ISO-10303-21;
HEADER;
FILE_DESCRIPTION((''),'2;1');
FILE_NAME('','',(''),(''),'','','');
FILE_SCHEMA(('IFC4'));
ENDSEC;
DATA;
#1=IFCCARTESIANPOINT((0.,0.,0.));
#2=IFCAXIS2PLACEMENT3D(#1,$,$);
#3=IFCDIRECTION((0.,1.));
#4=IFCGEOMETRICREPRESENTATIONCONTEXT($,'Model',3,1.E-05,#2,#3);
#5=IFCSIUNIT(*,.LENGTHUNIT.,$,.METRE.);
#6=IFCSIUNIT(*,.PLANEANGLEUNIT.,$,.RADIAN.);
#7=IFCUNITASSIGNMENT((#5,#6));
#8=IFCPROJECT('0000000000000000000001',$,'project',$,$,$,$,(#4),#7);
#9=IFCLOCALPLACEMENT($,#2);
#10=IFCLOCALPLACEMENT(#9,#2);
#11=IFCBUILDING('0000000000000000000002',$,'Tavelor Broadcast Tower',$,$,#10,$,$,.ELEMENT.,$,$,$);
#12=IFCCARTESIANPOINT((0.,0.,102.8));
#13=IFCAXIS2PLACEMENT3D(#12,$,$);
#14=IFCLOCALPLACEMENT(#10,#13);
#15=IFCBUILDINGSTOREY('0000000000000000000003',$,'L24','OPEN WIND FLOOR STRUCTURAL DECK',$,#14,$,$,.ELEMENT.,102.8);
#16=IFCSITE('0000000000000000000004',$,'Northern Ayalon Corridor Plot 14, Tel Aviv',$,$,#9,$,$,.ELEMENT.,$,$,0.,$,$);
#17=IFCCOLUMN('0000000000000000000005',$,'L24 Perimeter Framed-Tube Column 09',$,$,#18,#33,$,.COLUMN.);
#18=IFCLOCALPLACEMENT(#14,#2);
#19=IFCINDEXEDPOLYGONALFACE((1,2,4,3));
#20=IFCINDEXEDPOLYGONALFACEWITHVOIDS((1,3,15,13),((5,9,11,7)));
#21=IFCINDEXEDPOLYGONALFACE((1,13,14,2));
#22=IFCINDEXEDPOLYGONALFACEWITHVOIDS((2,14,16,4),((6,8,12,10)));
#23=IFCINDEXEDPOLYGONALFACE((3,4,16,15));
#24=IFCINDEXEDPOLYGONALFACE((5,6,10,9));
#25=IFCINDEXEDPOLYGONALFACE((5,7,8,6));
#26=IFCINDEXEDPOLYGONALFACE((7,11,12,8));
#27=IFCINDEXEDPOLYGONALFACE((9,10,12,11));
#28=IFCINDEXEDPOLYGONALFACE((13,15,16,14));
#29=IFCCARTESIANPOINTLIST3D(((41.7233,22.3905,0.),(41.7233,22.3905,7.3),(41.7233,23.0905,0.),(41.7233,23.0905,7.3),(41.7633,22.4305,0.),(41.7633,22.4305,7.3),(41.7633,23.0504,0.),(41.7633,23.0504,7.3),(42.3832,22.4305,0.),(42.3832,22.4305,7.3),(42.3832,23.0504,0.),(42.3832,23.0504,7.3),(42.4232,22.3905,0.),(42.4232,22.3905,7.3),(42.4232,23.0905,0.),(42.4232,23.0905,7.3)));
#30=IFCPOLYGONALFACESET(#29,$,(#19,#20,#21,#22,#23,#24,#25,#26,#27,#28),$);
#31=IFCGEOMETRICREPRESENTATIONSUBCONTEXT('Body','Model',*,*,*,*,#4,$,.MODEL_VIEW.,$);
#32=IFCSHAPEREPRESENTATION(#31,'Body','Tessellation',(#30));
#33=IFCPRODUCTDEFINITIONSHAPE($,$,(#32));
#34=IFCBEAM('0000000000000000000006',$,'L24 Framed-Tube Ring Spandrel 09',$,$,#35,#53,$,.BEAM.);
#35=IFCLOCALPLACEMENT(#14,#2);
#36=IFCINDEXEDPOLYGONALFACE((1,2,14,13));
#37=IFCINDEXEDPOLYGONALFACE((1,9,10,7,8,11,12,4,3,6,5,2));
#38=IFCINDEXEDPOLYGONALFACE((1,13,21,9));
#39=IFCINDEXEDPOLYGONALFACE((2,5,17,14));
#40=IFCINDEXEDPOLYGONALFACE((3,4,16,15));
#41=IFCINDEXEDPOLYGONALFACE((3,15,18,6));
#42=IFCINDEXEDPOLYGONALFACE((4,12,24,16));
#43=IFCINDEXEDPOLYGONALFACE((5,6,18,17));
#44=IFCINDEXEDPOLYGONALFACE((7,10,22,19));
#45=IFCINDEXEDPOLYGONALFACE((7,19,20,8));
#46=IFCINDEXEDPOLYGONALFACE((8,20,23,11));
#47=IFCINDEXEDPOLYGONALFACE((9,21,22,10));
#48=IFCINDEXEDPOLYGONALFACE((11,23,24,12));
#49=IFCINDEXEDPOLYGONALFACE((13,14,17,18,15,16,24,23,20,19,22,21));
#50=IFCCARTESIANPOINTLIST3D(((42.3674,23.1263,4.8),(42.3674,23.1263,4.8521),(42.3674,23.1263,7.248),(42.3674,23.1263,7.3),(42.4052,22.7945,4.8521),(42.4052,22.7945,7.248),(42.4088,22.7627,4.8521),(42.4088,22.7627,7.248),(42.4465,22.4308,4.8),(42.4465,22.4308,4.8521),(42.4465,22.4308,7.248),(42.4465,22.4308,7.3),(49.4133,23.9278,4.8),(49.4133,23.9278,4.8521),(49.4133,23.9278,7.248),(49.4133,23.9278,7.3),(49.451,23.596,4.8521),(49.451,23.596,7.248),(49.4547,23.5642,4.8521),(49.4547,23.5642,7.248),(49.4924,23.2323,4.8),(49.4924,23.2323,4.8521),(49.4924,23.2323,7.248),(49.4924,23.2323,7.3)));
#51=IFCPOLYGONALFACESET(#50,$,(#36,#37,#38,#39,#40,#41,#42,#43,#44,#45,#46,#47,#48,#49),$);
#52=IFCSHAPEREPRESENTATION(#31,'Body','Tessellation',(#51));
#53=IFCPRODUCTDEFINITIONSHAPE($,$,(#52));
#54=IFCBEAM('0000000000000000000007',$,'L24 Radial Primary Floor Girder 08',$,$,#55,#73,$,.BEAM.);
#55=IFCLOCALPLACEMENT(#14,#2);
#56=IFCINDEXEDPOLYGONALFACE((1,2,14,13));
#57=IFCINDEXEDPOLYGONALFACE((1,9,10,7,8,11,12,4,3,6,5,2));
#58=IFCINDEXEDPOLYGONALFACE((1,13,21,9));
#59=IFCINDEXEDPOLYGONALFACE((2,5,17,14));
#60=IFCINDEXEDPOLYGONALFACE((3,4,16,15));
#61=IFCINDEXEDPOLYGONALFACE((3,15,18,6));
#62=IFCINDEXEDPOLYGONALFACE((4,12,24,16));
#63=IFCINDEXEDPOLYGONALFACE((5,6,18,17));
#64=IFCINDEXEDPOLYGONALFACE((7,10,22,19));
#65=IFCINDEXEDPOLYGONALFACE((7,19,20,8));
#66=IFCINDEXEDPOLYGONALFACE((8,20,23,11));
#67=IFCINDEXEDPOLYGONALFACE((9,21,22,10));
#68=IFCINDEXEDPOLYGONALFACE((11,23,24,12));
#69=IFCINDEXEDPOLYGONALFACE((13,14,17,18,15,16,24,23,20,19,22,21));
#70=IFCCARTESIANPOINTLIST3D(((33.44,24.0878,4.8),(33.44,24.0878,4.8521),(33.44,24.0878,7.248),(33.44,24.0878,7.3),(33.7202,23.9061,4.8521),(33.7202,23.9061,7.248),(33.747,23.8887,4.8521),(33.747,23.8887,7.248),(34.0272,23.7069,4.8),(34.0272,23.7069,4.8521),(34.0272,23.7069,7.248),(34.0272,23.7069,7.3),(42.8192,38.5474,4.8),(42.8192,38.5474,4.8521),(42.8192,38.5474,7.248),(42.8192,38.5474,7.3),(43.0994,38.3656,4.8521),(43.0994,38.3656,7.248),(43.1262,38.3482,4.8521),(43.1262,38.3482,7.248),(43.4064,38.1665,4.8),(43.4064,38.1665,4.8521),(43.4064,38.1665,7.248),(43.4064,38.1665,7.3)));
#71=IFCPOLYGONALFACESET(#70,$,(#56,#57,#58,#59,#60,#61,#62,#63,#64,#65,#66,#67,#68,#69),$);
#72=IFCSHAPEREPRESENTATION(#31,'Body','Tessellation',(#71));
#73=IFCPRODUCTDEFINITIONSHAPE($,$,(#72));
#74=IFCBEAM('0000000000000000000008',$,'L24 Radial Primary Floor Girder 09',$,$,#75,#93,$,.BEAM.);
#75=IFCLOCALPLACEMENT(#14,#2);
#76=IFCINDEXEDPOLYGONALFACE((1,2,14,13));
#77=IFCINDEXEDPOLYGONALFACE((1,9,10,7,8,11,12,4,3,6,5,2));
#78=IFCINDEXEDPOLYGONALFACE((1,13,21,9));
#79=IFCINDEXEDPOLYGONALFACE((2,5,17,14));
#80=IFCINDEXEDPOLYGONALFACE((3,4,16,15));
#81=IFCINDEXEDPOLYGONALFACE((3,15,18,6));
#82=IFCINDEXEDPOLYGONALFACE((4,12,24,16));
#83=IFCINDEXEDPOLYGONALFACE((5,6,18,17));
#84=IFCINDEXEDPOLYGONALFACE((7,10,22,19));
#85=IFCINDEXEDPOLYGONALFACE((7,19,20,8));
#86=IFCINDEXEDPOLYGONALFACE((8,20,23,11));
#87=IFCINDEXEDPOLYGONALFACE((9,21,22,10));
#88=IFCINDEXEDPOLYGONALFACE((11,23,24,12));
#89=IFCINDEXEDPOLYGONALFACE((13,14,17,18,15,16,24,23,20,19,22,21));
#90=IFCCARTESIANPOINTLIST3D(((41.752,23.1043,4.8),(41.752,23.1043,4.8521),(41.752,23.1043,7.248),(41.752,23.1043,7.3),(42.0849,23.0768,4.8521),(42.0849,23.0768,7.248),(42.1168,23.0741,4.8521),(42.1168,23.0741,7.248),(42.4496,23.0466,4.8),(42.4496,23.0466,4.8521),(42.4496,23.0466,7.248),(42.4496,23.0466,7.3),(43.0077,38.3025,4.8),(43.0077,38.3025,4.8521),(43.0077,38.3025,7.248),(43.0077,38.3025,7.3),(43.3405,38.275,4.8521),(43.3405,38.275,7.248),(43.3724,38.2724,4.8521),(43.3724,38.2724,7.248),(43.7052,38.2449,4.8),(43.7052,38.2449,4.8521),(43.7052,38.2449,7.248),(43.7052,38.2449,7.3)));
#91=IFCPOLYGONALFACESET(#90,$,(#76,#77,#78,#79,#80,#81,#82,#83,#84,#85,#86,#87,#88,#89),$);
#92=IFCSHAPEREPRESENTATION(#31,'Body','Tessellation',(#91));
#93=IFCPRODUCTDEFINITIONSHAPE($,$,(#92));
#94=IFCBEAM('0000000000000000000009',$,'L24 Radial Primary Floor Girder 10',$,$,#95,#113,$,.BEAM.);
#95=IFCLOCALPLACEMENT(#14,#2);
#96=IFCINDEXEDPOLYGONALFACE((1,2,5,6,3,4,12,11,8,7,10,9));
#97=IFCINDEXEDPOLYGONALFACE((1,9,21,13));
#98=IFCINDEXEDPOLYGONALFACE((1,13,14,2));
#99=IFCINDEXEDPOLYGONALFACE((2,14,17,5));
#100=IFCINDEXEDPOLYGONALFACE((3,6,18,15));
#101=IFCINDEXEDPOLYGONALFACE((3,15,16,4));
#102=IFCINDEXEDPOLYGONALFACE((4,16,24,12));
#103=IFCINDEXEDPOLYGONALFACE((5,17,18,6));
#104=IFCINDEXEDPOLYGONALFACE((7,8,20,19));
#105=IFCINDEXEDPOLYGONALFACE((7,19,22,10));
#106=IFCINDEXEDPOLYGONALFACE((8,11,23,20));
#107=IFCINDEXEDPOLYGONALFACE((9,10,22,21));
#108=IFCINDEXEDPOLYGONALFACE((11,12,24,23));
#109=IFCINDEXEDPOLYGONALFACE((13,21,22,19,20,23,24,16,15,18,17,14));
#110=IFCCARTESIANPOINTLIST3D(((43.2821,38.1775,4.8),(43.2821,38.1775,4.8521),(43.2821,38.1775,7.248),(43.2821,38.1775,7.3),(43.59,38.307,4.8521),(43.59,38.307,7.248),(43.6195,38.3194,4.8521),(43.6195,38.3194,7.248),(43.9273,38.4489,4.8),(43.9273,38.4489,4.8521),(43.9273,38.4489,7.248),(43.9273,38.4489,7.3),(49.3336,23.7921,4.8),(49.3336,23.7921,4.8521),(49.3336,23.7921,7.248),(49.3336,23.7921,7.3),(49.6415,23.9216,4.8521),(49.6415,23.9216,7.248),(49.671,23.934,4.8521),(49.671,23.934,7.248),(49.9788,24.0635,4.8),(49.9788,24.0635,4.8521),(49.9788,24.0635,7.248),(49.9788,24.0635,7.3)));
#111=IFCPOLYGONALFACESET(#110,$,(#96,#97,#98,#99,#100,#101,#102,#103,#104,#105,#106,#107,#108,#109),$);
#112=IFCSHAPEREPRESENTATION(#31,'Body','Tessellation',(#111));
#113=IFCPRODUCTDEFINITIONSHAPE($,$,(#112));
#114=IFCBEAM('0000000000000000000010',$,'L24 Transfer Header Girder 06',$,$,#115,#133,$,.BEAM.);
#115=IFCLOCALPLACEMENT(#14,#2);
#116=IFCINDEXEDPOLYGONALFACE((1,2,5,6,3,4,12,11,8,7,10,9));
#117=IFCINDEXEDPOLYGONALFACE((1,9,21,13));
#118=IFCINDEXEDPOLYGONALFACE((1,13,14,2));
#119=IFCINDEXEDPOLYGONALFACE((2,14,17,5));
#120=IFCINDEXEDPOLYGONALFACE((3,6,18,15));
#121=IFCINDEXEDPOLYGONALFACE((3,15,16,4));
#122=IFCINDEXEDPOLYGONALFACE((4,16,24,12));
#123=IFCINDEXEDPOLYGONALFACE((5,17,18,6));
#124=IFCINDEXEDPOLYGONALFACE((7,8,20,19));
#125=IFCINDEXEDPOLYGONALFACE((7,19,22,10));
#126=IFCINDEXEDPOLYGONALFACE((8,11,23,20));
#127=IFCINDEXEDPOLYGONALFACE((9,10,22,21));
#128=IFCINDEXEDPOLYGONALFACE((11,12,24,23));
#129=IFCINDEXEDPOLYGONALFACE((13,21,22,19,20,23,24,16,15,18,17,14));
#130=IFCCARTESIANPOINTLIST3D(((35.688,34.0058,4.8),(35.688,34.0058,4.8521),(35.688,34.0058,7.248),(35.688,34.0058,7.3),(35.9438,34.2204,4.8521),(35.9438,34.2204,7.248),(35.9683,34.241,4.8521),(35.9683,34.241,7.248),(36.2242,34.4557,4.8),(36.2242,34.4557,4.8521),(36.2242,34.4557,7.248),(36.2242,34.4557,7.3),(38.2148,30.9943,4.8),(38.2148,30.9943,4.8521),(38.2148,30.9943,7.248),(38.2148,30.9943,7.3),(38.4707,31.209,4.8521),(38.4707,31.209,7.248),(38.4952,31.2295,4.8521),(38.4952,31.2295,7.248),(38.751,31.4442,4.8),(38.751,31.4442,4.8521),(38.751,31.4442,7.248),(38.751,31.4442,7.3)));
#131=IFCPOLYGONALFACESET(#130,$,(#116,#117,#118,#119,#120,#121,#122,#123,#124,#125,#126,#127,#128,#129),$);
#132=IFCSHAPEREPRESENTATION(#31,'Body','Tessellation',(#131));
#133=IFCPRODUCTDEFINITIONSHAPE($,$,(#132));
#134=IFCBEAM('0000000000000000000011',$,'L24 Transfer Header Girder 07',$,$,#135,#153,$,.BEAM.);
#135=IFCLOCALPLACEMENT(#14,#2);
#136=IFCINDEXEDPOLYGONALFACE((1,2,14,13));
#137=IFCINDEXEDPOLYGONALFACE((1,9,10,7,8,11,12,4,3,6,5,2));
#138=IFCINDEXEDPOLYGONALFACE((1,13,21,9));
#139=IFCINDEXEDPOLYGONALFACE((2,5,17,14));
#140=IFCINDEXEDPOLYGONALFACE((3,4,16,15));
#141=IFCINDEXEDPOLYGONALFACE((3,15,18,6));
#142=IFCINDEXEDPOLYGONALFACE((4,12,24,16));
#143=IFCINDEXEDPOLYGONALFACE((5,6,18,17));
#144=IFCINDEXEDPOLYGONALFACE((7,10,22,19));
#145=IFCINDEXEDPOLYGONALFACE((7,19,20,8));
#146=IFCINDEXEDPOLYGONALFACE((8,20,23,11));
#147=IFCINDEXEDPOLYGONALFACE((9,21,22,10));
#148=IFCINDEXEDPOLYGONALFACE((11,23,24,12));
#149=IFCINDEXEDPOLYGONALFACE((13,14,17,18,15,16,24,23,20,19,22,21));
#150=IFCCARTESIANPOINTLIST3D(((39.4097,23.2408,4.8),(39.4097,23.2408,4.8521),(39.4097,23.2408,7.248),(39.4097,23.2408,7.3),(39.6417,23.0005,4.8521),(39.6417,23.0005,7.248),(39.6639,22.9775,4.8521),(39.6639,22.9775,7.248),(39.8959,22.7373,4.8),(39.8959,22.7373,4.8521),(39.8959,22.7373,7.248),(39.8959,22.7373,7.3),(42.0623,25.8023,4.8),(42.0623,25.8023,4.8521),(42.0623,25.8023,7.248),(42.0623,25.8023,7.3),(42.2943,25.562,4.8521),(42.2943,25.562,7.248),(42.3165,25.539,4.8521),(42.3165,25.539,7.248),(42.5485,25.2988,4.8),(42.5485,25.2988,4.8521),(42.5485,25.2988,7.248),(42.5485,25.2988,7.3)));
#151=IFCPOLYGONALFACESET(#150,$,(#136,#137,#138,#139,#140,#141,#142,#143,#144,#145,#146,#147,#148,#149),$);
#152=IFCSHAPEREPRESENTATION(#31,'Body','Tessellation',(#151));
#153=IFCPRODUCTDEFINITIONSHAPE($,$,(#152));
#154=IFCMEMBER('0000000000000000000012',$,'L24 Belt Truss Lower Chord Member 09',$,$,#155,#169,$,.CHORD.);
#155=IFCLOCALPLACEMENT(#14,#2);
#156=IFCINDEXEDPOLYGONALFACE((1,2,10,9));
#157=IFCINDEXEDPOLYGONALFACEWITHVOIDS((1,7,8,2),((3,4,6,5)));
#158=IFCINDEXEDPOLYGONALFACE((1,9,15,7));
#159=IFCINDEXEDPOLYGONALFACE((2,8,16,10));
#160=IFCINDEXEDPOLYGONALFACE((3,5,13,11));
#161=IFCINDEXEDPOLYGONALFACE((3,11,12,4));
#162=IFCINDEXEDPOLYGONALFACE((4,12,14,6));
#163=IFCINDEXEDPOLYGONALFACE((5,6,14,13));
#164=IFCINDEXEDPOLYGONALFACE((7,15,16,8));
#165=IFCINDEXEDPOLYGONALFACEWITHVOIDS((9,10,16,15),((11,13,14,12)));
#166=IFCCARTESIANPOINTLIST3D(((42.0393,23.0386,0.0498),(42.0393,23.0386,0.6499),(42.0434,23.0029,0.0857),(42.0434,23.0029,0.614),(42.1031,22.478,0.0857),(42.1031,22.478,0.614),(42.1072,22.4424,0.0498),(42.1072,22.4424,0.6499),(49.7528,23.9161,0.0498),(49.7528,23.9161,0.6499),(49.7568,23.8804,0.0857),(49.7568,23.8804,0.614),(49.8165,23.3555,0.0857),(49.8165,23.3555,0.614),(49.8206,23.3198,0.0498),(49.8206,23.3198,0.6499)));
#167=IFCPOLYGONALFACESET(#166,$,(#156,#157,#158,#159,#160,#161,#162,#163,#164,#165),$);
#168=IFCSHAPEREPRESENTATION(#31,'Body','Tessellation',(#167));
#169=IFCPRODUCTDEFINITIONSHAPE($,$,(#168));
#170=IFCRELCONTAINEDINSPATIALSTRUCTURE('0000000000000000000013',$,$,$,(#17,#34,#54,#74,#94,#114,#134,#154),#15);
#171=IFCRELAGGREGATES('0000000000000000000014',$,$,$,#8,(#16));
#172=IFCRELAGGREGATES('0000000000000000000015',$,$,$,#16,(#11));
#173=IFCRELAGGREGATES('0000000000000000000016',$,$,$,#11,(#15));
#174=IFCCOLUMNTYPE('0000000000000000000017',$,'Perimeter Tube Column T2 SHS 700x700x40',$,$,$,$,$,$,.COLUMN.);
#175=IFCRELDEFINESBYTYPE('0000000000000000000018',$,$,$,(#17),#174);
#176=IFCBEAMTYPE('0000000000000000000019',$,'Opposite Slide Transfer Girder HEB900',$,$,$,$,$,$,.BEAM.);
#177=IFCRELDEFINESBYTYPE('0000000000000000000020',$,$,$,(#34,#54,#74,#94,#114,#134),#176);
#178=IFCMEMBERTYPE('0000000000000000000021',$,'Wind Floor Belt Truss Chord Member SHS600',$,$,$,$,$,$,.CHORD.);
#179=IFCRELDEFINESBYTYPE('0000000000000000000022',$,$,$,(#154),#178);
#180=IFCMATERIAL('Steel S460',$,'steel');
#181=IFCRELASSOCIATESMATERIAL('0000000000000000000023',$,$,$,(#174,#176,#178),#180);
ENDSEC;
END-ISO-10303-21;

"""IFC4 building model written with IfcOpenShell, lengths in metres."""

from ifc_helpers import new_model, si_unit, direction, frame, origin, origin_2d, place, context, subcontext, project, spatial, hollow_rectangle, i_section, extrude, material, material_profile, profile_set, type_object, element, save


model = new_model("IFC4")

# Units and contexts
model_context = context("Model", 3, precision=1e-05, world=origin(), true_north=direction((0.0, 1.0)))
body_context = subcontext(model_context, "Body", "Model", "MODEL_VIEW")
ifc_project = project(units=[si_unit("LENGTHUNIT", "METRE"), si_unit("PLANEANGLEUNIT", "RADIAN")], contexts=[model_context])

# Site, building, storey
site_placement = place(None, origin())
site = spatial("IfcSite", under=ifc_project, at=site_placement, Name="Northern Ayalon Corridor Plot 14, Tel Aviv", CompositionType="ELEMENT", RefElevation=0.0)
building_placement = place(site_placement, origin())
building = spatial("IfcBuilding", under=site, at=building_placement, Name="Tavelor Broadcast Tower", CompositionType="ELEMENT")
storey_placement = place(building_placement, frame((0.0, 0.0, 102.8)))
storey = spatial("IfcBuildingStorey", under=building, at=storey_placement, Name="L24", Description="OPEN WIND FLOOR STRUCTURAL DECK", CompositionType="ELEMENT", Elevation=102.8)

# Column
ifc_material_1 = material(Name="Steel S460", Category="steel")
ifc_material_profile_1 = material_profile(ifc_material_1, hollow_rectangle(XDim=0.7, YDim=0.7, WallThickness=0.04, at=origin_2d()), Name="SHS 700x700x40")
ifc_profile_set_1 = profile_set([ifc_material_profile_1], Name="Steel S460")
column_type = type_object("IfcColumnType", Name="Perimeter Tube Column T2 SHS 700x700x40", PredefinedType="COLUMN", material=ifc_profile_set_1)
column_placement = place(storey_placement, frame((42.0732, 22.7405, 0.0), z_axis=(0.0, 0.0, 1.0), x_axis=(1.0, 0.0, 0.0)))
element("IfcColumn", 1, at=column_placement, inside=storey, type_object=column_type, Name="L24 Perimeter Framed-Tube Column 09", PredefinedType="COLUMN", context=body_context, shape_type="SweptSolid", body=[
    extrude(hollow_rectangle(XDim=0.7, YDim=0.7, WallThickness=0.04, at=origin_2d()), origin(), (0.0, 0.0, 1.0), 7.3),
])

# Beams
ifc_material_profile_2 = material_profile(ifc_material_1, i_section(OverallWidth=0.7, OverallDepth=2.5, WebThickness=0.032, FlangeThickness=0.052, at=origin_2d()), Name="PG 2500x700")
ifc_profile_set_2 = profile_set([ifc_material_profile_2], Name="Steel S460")
beam_type = type_object("IfcBeamType", Name="Opposite Slide Transfer Girder HEB900", PredefinedType="BEAM", material=ifc_profile_set_2)
beam_1_placement = place(storey_placement, frame((42.407, 22.7786, 6.05), z_axis=(0.993592, 0.113027, 0.0), x_axis=(-0.113027, 0.993592, 0.0)))
element("IfcBeam", 2, at=beam_1_placement, inside=storey, type_object=beam_type, Name="L24 Framed-Tube Ring Spandrel 09", PredefinedType="BEAM", context=body_context, shape_type="SweptSolid", body=[
    extrude(i_section(OverallWidth=0.7, OverallDepth=2.5, WebThickness=0.032, FlangeThickness=0.052, at=origin_2d()), origin(), (0.0, 0.0, 1.0), 7.0913),
])
beam_2_placement = place(storey_placement, frame((43.1128, 38.3569, 6.05), z_axis=(-0.544192, -0.83896, 0.0), x_axis=(0.83896, -0.544192, 0.0)))
element("IfcBeam", 3, at=beam_2_placement, inside=storey, type_object=beam_type, Name="L24 Radial Primary Floor Girder 08", PredefinedType="BEAM", context=body_context, shape_type="SweptSolid", body=[
    extrude(i_section(OverallWidth=0.7, OverallDepth=2.5, WebThickness=0.032, FlangeThickness=0.052, at=origin_2d()), origin(), (0.0, 0.0, 1.0), 17.2351),
])
beam_3_placement = place(storey_placement, frame((43.3564, 38.2737, 6.05), z_axis=(-0.082335, -0.996605, 0.0), x_axis=(0.996605, -0.082335, 0.0)))
element("IfcBeam", 4, at=beam_3_placement, inside=storey, type_object=beam_type, Name="L24 Radial Primary Floor Girder 09", PredefinedType="BEAM", context=body_context, shape_type="SweptSolid", body=[
    extrude(i_section(OverallWidth=0.7, OverallDepth=2.5, WebThickness=0.032, FlangeThickness=0.052, at=origin_2d()), origin(), (0.0, 0.0, 1.0), 15.25),
])
beam_4_placement = place(storey_placement, frame((43.6047, 38.3132, 6.05), z_axis=(0.387756, -0.921762, 0.0), x_axis=(0.921762, 0.387756, 0.0)))
element("IfcBeam", 5, at=beam_4_placement, inside=storey, type_object=beam_type, Name="L24 Radial Primary Floor Girder 10", PredefinedType="BEAM", context=body_context, shape_type="SweptSolid", body=[
    extrude(i_section(OverallWidth=0.7, OverallDepth=2.5, WebThickness=0.032, FlangeThickness=0.052, at=origin_2d()), origin(), (0.0, 0.0, 1.0), 15.6064),
])
beam_5_placement = place(storey_placement, frame((38.4829, 31.2192, 6.05), z_axis=(-0.642777, 0.766053, 0.0), x_axis=(-0.766053, -0.642777, 0.0)))
element("IfcBeam", 6, at=beam_5_placement, inside=storey, type_object=beam_type, Name="L24 Transfer Header Girder 06", PredefinedType="BEAM", context=body_context, shape_type="SweptSolid", body=[
    extrude(i_section(OverallWidth=0.7, OverallDepth=2.5, WebThickness=0.032, FlangeThickness=0.052, at=origin_2d()), origin(), (0.0, 0.0, 1.0), 3.9312),
])
beam_6_placement = place(storey_placement, frame((39.6528, 22.989, 6.05), z_axis=(0.719347, 0.694651, 0.0), x_axis=(-0.694651, 0.719347, 0.0)))
element("IfcBeam", 7, at=beam_6_placement, inside=storey, type_object=beam_type, Name="L24 Transfer Header Girder 07", PredefinedType="BEAM", context=body_context, shape_type="SweptSolid", body=[
    extrude(i_section(OverallWidth=0.7, OverallDepth=2.5, WebThickness=0.032, FlangeThickness=0.052, at=origin_2d()), origin(), (0.0, 0.0, 1.0), 3.6875),
])

# Member
ifc_material_profile_3 = material_profile(ifc_material_1, hollow_rectangle(XDim=0.6001, YDim=0.6001, WallThickness=0.0359, at=origin_2d()), Name="SHS 600x600x36")
ifc_profile_set_3 = profile_set([ifc_material_profile_3], Name="Steel S460")
member_type_1 = type_object("IfcMemberType", Name="Wind Floor Belt Truss Chord Member SHS600", PredefinedType="CHORD", material=ifc_profile_set_3)
member_1_placement = place(storey_placement, frame((42.0732, 22.7405, 0.3499), z_axis=(0.993592, 0.113027, 0.0), x_axis=(-0.113027, 0.993592, 0.0)))
element("IfcMember", 8, at=member_1_placement, inside=storey, type_object=member_type_1, Name="L24 Belt Truss Lower Chord Member 09", PredefinedType="CHORD", context=body_context, shape_type="SweptSolid", body=[
    extrude(hollow_rectangle(XDim=0.6001, YDim=0.6001, WallThickness=0.0359, at=origin_2d()), origin(), (0.0, 0.0, 1.0), 7.7632),
])

save(model, "model.ifc")
